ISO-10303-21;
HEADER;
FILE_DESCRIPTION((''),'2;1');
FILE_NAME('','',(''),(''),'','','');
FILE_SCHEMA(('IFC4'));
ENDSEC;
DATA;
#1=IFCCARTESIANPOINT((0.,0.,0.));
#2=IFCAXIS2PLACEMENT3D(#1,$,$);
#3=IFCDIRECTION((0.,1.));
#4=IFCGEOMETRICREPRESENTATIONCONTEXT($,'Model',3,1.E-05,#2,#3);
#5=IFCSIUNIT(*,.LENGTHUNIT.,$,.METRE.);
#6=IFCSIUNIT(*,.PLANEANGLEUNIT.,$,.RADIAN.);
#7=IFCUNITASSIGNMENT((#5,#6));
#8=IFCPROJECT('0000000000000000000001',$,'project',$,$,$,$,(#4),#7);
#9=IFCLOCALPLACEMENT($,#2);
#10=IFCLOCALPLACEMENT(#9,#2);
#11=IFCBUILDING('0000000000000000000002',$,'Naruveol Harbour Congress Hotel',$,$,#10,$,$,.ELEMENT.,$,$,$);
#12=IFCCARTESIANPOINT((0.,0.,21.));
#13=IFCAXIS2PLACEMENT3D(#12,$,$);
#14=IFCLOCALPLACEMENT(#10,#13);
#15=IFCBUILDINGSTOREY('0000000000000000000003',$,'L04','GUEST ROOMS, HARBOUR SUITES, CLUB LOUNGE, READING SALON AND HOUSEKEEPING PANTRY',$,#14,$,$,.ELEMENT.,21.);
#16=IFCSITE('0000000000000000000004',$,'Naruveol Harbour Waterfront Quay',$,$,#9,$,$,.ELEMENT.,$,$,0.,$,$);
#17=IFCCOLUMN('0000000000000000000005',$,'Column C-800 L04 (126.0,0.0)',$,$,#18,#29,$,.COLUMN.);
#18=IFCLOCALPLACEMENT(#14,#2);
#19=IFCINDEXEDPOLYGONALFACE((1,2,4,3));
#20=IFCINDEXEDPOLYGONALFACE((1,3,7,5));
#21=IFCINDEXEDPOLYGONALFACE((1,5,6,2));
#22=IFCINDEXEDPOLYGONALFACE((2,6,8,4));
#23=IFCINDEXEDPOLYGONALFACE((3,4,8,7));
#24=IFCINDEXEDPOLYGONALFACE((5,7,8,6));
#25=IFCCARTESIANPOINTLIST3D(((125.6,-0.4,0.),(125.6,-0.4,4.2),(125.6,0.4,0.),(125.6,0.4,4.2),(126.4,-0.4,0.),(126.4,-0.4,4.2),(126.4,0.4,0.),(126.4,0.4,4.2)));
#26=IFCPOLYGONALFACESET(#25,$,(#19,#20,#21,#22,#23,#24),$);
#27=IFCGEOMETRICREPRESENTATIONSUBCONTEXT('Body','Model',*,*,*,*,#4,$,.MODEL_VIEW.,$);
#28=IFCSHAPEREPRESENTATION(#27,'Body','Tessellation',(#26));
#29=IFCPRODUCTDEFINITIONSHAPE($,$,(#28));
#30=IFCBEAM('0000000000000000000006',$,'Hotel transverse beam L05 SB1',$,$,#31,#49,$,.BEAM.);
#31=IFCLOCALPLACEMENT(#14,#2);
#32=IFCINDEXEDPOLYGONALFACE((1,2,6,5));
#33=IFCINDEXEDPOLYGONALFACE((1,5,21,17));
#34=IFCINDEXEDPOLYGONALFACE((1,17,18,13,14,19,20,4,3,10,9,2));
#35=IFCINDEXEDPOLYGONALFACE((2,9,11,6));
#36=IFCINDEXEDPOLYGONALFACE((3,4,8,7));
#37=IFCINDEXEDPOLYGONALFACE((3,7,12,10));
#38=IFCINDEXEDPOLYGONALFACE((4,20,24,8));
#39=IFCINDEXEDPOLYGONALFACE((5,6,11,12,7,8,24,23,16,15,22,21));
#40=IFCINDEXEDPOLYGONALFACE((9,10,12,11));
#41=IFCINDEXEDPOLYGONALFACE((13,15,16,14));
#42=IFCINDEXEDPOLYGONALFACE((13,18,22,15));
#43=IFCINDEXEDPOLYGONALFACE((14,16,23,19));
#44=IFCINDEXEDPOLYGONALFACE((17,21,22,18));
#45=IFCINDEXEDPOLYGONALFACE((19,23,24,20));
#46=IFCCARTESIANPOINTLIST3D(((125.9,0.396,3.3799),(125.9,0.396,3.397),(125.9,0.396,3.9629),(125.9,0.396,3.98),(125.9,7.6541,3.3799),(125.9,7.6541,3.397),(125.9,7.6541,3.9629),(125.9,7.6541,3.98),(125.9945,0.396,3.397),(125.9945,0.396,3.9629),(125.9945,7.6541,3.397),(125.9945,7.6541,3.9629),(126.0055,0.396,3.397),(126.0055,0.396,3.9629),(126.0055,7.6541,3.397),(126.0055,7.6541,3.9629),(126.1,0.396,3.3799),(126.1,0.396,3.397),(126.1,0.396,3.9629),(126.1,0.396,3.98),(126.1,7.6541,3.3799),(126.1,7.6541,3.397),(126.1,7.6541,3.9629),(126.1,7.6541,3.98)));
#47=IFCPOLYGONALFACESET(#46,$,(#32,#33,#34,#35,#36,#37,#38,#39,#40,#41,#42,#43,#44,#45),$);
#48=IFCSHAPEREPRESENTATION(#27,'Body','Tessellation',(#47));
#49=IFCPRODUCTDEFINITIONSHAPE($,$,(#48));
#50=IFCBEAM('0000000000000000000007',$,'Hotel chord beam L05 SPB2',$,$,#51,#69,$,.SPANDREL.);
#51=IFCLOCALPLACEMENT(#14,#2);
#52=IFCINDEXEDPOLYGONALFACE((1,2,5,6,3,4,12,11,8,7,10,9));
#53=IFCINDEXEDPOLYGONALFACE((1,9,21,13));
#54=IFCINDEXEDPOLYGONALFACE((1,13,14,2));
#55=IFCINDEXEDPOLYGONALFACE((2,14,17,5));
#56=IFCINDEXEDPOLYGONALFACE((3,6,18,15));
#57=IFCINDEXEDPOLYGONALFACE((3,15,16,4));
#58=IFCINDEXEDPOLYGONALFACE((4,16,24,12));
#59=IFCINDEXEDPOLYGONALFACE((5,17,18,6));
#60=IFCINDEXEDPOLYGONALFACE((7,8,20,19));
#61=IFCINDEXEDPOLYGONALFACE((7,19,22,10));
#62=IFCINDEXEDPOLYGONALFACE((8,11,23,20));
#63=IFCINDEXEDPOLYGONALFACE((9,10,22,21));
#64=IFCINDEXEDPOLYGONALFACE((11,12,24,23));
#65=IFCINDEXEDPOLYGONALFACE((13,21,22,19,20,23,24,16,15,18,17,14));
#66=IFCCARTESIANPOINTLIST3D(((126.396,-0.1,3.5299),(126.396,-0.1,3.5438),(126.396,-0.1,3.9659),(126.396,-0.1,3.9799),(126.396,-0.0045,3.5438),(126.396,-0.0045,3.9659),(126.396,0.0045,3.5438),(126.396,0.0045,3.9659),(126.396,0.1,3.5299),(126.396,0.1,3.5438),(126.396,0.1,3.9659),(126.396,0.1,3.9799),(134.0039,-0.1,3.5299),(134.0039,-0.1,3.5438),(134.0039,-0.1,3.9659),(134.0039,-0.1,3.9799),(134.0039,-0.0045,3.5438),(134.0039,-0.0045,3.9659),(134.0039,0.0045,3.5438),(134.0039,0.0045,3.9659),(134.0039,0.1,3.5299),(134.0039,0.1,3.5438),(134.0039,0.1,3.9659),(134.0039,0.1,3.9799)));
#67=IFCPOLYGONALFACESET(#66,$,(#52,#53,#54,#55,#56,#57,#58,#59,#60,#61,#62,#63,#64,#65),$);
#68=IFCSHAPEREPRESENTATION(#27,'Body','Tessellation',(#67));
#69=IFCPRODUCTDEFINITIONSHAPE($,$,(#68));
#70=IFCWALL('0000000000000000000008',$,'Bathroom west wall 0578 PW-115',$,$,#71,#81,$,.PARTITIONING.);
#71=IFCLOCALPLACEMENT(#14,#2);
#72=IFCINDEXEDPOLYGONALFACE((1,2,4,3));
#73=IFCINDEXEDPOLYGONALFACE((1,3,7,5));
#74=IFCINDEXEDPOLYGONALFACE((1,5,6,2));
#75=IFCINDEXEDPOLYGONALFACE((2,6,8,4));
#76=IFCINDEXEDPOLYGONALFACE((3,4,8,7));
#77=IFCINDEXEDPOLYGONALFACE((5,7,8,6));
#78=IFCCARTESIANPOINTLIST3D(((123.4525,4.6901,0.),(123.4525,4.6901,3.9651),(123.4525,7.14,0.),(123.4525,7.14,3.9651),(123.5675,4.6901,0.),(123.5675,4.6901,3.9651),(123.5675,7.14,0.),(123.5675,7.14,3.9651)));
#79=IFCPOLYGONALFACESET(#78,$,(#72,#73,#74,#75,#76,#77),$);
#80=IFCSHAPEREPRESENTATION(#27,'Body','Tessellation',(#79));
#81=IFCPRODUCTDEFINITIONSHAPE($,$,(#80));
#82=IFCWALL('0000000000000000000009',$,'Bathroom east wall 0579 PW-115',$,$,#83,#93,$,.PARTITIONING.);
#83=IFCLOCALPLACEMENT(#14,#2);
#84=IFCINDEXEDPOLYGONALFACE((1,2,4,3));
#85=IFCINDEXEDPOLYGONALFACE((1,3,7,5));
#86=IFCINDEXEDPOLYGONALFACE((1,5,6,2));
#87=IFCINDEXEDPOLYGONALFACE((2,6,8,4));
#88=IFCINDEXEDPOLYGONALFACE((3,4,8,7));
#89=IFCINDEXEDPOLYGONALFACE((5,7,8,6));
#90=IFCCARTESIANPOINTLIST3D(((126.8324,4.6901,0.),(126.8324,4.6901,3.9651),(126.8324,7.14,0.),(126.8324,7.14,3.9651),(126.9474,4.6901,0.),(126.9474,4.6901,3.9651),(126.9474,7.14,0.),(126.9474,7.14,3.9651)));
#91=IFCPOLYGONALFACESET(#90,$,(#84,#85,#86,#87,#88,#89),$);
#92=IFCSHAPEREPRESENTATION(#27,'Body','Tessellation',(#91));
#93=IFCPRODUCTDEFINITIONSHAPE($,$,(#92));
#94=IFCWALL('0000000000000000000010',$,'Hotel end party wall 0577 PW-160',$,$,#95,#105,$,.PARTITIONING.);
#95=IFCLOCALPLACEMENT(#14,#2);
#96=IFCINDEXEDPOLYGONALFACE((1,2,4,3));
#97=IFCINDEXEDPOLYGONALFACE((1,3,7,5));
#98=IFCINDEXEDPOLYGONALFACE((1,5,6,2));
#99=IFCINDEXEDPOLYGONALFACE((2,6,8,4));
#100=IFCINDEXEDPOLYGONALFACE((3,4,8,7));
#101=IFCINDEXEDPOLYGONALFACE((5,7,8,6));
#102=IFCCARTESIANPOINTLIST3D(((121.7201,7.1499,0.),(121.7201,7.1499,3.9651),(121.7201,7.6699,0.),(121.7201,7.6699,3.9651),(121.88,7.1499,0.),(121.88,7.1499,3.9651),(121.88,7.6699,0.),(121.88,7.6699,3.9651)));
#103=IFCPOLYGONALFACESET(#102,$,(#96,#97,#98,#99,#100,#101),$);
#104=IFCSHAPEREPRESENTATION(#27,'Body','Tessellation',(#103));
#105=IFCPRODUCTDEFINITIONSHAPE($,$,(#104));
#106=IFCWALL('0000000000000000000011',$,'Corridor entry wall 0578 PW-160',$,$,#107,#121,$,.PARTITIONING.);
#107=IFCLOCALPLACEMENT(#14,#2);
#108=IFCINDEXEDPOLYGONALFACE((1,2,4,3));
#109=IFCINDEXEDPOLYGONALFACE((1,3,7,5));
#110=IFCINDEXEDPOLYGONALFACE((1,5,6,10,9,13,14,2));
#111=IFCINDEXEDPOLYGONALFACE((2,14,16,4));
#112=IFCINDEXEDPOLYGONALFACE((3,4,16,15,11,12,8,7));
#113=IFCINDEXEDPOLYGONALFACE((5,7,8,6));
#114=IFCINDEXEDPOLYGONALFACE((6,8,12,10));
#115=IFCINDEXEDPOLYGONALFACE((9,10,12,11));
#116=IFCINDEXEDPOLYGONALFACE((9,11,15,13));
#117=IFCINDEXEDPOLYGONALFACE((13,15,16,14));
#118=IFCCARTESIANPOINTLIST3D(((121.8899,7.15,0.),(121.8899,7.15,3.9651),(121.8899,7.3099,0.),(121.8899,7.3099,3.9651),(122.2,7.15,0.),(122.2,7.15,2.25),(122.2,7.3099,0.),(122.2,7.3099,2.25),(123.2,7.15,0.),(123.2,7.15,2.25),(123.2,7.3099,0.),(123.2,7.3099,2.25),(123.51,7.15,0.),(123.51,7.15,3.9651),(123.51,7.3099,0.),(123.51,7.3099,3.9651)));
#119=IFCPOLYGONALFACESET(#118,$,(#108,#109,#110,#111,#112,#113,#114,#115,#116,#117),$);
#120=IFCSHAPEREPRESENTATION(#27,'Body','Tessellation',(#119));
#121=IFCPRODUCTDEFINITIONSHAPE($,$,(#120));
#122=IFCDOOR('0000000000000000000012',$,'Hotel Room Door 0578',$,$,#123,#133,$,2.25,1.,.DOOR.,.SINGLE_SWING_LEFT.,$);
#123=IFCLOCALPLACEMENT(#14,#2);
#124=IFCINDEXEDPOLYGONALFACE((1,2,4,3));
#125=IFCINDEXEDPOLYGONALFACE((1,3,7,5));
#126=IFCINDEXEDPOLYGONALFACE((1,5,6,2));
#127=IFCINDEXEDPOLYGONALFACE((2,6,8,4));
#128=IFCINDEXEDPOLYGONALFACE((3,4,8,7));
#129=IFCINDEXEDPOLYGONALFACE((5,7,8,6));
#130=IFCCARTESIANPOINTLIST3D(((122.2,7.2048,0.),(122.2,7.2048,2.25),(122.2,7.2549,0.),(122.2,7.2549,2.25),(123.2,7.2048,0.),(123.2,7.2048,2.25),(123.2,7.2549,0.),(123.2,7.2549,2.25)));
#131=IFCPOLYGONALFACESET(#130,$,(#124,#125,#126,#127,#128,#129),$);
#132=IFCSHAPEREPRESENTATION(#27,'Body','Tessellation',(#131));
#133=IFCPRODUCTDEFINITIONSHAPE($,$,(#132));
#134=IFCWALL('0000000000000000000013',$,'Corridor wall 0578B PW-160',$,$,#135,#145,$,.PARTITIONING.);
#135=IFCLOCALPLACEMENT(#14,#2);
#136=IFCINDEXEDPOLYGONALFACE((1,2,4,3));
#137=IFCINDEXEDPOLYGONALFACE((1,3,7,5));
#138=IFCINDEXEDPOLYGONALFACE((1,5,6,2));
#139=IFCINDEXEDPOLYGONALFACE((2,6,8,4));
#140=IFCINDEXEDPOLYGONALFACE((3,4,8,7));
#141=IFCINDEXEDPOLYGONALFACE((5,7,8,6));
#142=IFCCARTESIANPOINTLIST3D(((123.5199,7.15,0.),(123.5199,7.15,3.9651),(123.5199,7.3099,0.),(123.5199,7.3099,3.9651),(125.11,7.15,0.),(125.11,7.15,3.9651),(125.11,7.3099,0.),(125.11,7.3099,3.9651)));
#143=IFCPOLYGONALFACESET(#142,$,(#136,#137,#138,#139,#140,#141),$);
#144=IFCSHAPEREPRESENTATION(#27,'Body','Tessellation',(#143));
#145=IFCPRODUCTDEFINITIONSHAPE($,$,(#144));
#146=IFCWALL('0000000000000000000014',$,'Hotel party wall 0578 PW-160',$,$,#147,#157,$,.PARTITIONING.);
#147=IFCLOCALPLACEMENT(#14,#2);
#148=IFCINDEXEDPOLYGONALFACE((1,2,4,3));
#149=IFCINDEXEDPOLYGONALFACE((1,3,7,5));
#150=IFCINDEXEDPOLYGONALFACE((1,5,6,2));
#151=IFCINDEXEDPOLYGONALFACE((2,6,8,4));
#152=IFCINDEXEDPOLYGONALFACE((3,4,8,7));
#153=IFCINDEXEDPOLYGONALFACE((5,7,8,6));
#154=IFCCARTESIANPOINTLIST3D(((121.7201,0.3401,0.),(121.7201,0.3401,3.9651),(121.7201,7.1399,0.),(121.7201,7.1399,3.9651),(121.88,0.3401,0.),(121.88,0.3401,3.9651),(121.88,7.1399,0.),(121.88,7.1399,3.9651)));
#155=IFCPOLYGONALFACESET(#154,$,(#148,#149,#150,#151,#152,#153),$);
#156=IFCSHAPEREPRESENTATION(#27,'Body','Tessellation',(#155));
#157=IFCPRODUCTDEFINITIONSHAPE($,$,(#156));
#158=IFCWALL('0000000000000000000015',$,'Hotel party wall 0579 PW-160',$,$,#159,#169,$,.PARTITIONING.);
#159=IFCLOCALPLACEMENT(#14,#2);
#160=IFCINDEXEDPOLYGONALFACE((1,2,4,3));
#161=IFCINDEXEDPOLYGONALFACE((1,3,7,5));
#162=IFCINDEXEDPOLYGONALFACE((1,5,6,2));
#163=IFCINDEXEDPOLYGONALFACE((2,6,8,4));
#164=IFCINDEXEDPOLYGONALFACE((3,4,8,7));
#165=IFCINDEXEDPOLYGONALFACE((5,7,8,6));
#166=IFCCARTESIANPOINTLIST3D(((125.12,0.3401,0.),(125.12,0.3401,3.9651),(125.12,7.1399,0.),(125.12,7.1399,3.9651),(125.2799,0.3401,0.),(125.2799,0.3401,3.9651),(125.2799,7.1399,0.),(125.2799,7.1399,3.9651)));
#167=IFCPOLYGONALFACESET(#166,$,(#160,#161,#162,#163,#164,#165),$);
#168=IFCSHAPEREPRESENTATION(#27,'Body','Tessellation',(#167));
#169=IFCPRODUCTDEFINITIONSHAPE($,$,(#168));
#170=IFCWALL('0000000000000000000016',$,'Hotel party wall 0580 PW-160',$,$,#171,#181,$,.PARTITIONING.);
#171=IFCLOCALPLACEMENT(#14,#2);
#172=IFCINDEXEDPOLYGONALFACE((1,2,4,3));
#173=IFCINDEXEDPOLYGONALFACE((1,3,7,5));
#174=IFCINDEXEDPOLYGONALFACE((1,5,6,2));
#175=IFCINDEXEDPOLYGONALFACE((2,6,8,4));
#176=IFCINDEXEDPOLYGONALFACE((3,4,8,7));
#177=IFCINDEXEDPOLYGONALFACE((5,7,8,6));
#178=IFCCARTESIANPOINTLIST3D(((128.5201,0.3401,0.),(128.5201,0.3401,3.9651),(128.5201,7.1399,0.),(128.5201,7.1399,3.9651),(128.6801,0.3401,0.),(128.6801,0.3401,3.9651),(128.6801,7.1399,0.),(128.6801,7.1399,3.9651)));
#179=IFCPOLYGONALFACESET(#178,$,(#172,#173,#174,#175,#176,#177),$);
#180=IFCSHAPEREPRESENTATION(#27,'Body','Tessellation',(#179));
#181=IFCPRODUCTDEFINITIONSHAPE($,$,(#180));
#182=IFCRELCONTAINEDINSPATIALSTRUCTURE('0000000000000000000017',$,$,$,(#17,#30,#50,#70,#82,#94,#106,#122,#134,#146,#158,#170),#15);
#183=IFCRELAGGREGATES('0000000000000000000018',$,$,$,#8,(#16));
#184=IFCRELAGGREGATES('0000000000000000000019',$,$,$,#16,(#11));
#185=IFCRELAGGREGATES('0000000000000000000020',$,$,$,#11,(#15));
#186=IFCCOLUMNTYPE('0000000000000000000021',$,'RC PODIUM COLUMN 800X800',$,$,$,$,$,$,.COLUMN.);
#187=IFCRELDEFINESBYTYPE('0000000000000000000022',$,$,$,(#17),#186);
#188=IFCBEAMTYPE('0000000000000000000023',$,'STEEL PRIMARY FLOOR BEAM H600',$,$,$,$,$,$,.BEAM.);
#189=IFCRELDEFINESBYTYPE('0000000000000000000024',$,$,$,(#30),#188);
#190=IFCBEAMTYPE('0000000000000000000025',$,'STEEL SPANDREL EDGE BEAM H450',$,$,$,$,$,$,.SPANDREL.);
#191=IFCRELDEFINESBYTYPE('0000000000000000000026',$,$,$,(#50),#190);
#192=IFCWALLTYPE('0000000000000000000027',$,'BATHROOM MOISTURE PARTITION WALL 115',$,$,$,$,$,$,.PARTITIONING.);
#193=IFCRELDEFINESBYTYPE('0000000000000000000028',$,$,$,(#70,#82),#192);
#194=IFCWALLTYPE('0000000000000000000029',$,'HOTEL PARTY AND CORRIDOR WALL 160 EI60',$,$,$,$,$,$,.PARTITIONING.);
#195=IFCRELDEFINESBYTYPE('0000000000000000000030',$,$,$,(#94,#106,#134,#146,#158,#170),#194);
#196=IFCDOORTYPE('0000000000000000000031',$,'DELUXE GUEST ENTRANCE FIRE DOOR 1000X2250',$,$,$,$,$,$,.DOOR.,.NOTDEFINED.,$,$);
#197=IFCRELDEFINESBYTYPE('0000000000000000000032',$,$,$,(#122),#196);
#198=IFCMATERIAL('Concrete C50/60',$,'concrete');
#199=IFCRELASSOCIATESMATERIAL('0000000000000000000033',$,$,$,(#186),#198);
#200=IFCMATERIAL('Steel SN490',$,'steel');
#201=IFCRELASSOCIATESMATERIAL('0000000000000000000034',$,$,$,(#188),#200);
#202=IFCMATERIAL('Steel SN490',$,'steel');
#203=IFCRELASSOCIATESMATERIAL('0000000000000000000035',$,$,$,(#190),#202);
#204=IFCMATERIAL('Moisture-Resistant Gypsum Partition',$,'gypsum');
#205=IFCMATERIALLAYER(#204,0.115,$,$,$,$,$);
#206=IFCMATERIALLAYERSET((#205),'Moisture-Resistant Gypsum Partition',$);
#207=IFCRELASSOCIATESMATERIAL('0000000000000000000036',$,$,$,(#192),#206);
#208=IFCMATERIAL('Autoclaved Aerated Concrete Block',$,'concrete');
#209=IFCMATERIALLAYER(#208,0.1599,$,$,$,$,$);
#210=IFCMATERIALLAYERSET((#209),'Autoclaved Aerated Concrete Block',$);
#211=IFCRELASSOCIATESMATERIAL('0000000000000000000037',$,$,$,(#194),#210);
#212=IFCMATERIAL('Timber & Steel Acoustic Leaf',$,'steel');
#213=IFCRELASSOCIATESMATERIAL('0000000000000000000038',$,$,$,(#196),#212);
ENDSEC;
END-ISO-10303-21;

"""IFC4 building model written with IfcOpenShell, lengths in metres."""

from ifc_helpers import new_model, si_unit, direction, frame, frame_2d, origin, origin_2d, place, context, subcontext, project, spatial, rectangle, i_section, extrude, material, layer, layer_set, material_profile, profile_set, type_object, element, fill, save


model = new_model("IFC4")

# Units and contexts
model_context = context("Model", 3, precision=1e-05, world=origin(), true_north=direction((0.0, 1.0)))
body_context = subcontext(model_context, "Body", "Model", "MODEL_VIEW")
ifc_project = project(units=[si_unit("LENGTHUNIT", "METRE"), si_unit("PLANEANGLEUNIT", "RADIAN")], contexts=[model_context])

# Site, building, storey
site_placement = place(None, origin())
site = spatial("IfcSite", under=ifc_project, at=site_placement, Name="Naruveol Harbour Waterfront Quay", CompositionType="ELEMENT", RefElevation=0.0)
building_placement = place(site_placement, origin())
building = spatial("IfcBuilding", under=site, at=building_placement, Name="Naruveol Harbour Congress Hotel", CompositionType="ELEMENT")
storey_placement = place(building_placement, frame((0.0, 0.0, 21.0)))
storey = spatial("IfcBuildingStorey", under=building, at=storey_placement, Name="L04", Description="GUEST ROOMS, HARBOUR SUITES, CLUB LOUNGE, READING SALON AND HOUSEKEEPING PANTRY", CompositionType="ELEMENT", Elevation=21.0)

# Column
ifc_material_1 = material(Name="Concrete C50/60", Category="concrete")
ifc_material_profile_1 = material_profile(ifc_material_1, rectangle(XDim=0.8, YDim=0.8, at=origin_2d()), Name="RC-800x800")
ifc_profile_set_1 = profile_set([ifc_material_profile_1], Name="Concrete C50/60")
column_type = type_object("IfcColumnType", Name="RC PODIUM COLUMN 800X800", PredefinedType="COLUMN", material=ifc_profile_set_1)
column_placement = place(storey_placement, frame((126.0, 0.0, 0.0), z_axis=(0.0, 0.0, 1.0), x_axis=(1.0, 0.0, 0.0)))
element("IfcColumn", 1, at=column_placement, inside=storey, type_object=column_type, Name="Column C-800 L04 (126.0,0.0)", PredefinedType="COLUMN", context=body_context, shape_type="SweptSolid", body=[
    extrude(rectangle(XDim=0.8, YDim=0.8, at=origin_2d()), origin(), (0.0, 0.0, 1.0), 4.2),
])

# Beams
ifc_material_2 = material(Name="Steel SN490", Category="steel")
ifc_material_profile_2 = material_profile(ifc_material_2, i_section(OverallWidth=0.2, OverallDepth=0.6001, WebThickness=0.011, FlangeThickness=0.0171, at=origin_2d()), Name="H-600x200x11x17")
ifc_profile_set_2 = profile_set([ifc_material_profile_2], Name="Steel SN490")
beam_type_1 = type_object("IfcBeamType", Name="STEEL PRIMARY FLOOR BEAM H600", PredefinedType="BEAM", material=ifc_profile_set_2)
beam_1_placement = place(storey_placement, frame((126.0, 0.396, 3.6799), z_axis=(0.0, 1.0, 0.0), x_axis=(-1.0, 0.0, 0.0)))
element("IfcBeam", 2, at=beam_1_placement, inside=storey, type_object=beam_type_1, Name="Hotel transverse beam L05 SB1", PredefinedType="BEAM", context=body_context, shape_type="SweptSolid", body=[
    extrude(i_section(OverallWidth=0.2, OverallDepth=0.6001, WebThickness=0.011, FlangeThickness=0.0171, at=origin_2d()), origin(), (0.0, 0.0, 1.0), 7.2581),
])
ifc_material_3 = material(Name="Steel SN490", Category="steel")
ifc_material_profile_3 = material_profile(ifc_material_3, i_section(OverallWidth=0.2, OverallDepth=0.45, WebThickness=0.009, FlangeThickness=0.0139, at=origin_2d()), Name="H-450x200x9x14")
ifc_profile_set_3 = profile_set([ifc_material_profile_3], Name="Steel SN490")
beam_type_2 = type_object("IfcBeamType", Name="STEEL SPANDREL EDGE BEAM H450", PredefinedType="SPANDREL", material=ifc_profile_set_3)
beam_2_placement = place(storey_placement, frame((126.396, 0.0, 3.7549), z_axis=(1.0, 0.0, 0.0), x_axis=(0.0, 1.0, 0.0)))
element("IfcBeam", 3, at=beam_2_placement, inside=storey, type_object=beam_type_2, Name="Hotel chord beam L05 SPB2", PredefinedType="SPANDREL", context=body_context, shape_type="SweptSolid", body=[
    extrude(i_section(OverallWidth=0.2, OverallDepth=0.45, WebThickness=0.009, FlangeThickness=0.0139, at=origin_2d()), origin(), (0.0, 0.0, 1.0), 7.6079),
])

# Wall
ifc_material_4 = material(Name="Moisture-Resistant Gypsum Partition", Category="gypsum")
ifc_layer_1 = layer(ifc_material_4, 0.115)
ifc_layer_set_1 = layer_set([ifc_layer_1], Name="Moisture-Resistant Gypsum Partition")
wall_type_1 = type_object("IfcWallType", Name="BATHROOM MOISTURE PARTITION WALL 115", PredefinedType="PARTITIONING", material=ifc_layer_set_1)
wall_1_placement = place(storey_placement, frame((123.51, 4.6899, 0.0), z_axis=(0.0, 0.0, 1.0), x_axis=(0.0, 1.0, 0.0)))
element("IfcWall", 4, at=wall_1_placement, inside=storey, type_object=wall_type_1, Name="Bathroom west wall 0578 PW-115", PredefinedType="PARTITIONING", context=body_context, shape_type="SweptSolid", body=[
    extrude(rectangle(XDim=2.45, YDim=0.115, at=frame_2d((1.2251, 0.0))), origin(), (0.0, 0.0, 1.0), 3.9651),
])

# Wall
wall_2_placement = place(storey_placement, frame((126.8899, 4.6899, 0.0), z_axis=(0.0, 0.0, 1.0), x_axis=(0.0, 1.0, 0.0)))
element("IfcWall", 5, at=wall_2_placement, inside=storey, type_object=wall_type_1, Name="Bathroom east wall 0579 PW-115", PredefinedType="PARTITIONING", context=body_context, shape_type="SweptSolid", body=[
    extrude(rectangle(XDim=2.45, YDim=0.115, at=frame_2d((1.2251, 0.0))), origin(), (0.0, 0.0, 1.0), 3.9651),
])

# Wall
ifc_material_5 = material(Name="Autoclaved Aerated Concrete Block", Category="concrete")
ifc_layer_2 = layer(ifc_material_5, 0.1599)
ifc_layer_set_2 = layer_set([ifc_layer_2], Name="Autoclaved Aerated Concrete Block")
wall_type_2 = type_object("IfcWallType", Name="HOTEL PARTY AND CORRIDOR WALL 160 EI60", PredefinedType="PARTITIONING", material=ifc_layer_set_2)
wall_3_placement = place(storey_placement, frame((121.8, 7.1499, 0.0), z_axis=(0.0, 0.0, 1.0), x_axis=(0.0, 1.0, 0.0)))
element("IfcWall", 6, at=wall_3_placement, inside=storey, type_object=wall_type_2, Name="Hotel end party wall 0577 PW-160", PredefinedType="PARTITIONING", context=body_context, shape_type="SweptSolid", body=[
    extrude(rectangle(XDim=0.52, YDim=0.1599, at=frame_2d((0.26, 0.0))), origin(), (0.0, 0.0, 1.0), 3.9651),
])

# Wall, opening, door
wall_4_placement = place(storey_placement, frame((121.8899, 7.23, 0.0), z_axis=(0.0, 0.0, 1.0), x_axis=(1.0, 0.0, 0.0)))
wall_4 = element("IfcWall", 7, at=wall_4_placement, inside=storey, type_object=wall_type_2, Name="Corridor entry wall 0578 PW-160", PredefinedType="PARTITIONING", context=body_context, shape_type="SweptSolid", body=[
    extrude(rectangle(XDim=1.6201, YDim=0.1599, at=frame_2d((0.8101, 0.0))), origin(), (0.0, 0.0, 1.0), 3.9651),
])
opening_1_placement = place(wall_4_placement, frame((0.3101, 0.0, 0.0)))
opening_1 = element("IfcOpeningElement", 8, at=opening_1_placement, cuts=wall_4, PredefinedType="OPENING", context=body_context, shape_type="SweptSolid", body=[
    extrude(rectangle(XDim=1.0, YDim=2.25, at=frame_2d((0.5, 1.125))), frame((0.0, 0.0898, 0.0), z_axis=(0.0, -1.0, 0.0), x_axis=(1.0, 0.0, 0.0)), (0.0, 0.0, 1.0), 0.1799),
])
ifc_material_6 = material(Name="Timber & Steel Acoustic Leaf", Category="steel")
door_type_1 = type_object("IfcDoorType", Name="DELUXE GUEST ENTRANCE FIRE DOOR 1000X2250", OperationType="NOTDEFINED", PredefinedType="DOOR", material=ifc_material_6)
door_1_placement = place(opening_1_placement, origin())
door_1 = element("IfcDoor", 9, at=door_1_placement, inside=storey, type_object=door_type_1, Name="Hotel Room Door 0578", OperationType="SINGLE_SWING_LEFT", OverallHeight=2.25, OverallWidth=1.0, PredefinedType="DOOR", context=body_context, shape_type="SweptSolid", body=[
    extrude(rectangle(XDim=1.0, YDim=2.25, at=frame_2d((0.5, 1.125))), frame((0.0, 0.0249, 0.0), z_axis=(0.0, -1.0, 0.0), x_axis=(1.0, 0.0, 0.0)), (0.0, 0.0, 1.0), 0.05),
])
fill(opening_1, door_1)

# Walls
wall_5_placement = place(storey_placement, frame((123.52, 7.23, 0.0), z_axis=(0.0, 0.0, 1.0), x_axis=(1.0, 0.0, 0.0)))
element("IfcWall", 10, at=wall_5_placement, inside=storey, type_object=wall_type_2, Name="Corridor wall 0578B PW-160", PredefinedType="PARTITIONING", context=body_context, shape_type="SweptSolid", body=[
    extrude(rectangle(XDim=1.5901, YDim=0.1599, at=frame_2d((0.7949, 0.0))), origin(), (0.0, 0.0, 1.0), 3.9651),
])
for number, where, z_axis, x_axis, name in (
    (11, (121.8, 0.3401, 0.0), (0.0, 0.0, 1.0), (0.0, 1.0, 0.0), "Hotel party wall 0578 PW-160"),
    (12, (125.2, 0.3401, 0.0), (0.0, 0.0, 1.0), (0.0, 1.0, 0.0), "Hotel party wall 0579 PW-160"),
    (13, (128.6001, 0.3401, 0.0), (0.0, 0.0, 1.0), (0.0, 1.0, 0.0), "Hotel party wall 0580 PW-160"),
):
    element("IfcWall", number, at=place(storey_placement, frame(where, z_axis=z_axis, x_axis=x_axis)), inside=storey, type_object=wall_type_2, Name=name, PredefinedType="PARTITIONING", context=body_context, shape_type="SweptSolid", body=[
        extrude(rectangle(XDim=6.7998, YDim=0.1599, at=frame_2d((3.3999, 0.0))), origin(), (0.0, 0.0, 1.0), 3.9651),
    ])

save(model, "model.ifc")
